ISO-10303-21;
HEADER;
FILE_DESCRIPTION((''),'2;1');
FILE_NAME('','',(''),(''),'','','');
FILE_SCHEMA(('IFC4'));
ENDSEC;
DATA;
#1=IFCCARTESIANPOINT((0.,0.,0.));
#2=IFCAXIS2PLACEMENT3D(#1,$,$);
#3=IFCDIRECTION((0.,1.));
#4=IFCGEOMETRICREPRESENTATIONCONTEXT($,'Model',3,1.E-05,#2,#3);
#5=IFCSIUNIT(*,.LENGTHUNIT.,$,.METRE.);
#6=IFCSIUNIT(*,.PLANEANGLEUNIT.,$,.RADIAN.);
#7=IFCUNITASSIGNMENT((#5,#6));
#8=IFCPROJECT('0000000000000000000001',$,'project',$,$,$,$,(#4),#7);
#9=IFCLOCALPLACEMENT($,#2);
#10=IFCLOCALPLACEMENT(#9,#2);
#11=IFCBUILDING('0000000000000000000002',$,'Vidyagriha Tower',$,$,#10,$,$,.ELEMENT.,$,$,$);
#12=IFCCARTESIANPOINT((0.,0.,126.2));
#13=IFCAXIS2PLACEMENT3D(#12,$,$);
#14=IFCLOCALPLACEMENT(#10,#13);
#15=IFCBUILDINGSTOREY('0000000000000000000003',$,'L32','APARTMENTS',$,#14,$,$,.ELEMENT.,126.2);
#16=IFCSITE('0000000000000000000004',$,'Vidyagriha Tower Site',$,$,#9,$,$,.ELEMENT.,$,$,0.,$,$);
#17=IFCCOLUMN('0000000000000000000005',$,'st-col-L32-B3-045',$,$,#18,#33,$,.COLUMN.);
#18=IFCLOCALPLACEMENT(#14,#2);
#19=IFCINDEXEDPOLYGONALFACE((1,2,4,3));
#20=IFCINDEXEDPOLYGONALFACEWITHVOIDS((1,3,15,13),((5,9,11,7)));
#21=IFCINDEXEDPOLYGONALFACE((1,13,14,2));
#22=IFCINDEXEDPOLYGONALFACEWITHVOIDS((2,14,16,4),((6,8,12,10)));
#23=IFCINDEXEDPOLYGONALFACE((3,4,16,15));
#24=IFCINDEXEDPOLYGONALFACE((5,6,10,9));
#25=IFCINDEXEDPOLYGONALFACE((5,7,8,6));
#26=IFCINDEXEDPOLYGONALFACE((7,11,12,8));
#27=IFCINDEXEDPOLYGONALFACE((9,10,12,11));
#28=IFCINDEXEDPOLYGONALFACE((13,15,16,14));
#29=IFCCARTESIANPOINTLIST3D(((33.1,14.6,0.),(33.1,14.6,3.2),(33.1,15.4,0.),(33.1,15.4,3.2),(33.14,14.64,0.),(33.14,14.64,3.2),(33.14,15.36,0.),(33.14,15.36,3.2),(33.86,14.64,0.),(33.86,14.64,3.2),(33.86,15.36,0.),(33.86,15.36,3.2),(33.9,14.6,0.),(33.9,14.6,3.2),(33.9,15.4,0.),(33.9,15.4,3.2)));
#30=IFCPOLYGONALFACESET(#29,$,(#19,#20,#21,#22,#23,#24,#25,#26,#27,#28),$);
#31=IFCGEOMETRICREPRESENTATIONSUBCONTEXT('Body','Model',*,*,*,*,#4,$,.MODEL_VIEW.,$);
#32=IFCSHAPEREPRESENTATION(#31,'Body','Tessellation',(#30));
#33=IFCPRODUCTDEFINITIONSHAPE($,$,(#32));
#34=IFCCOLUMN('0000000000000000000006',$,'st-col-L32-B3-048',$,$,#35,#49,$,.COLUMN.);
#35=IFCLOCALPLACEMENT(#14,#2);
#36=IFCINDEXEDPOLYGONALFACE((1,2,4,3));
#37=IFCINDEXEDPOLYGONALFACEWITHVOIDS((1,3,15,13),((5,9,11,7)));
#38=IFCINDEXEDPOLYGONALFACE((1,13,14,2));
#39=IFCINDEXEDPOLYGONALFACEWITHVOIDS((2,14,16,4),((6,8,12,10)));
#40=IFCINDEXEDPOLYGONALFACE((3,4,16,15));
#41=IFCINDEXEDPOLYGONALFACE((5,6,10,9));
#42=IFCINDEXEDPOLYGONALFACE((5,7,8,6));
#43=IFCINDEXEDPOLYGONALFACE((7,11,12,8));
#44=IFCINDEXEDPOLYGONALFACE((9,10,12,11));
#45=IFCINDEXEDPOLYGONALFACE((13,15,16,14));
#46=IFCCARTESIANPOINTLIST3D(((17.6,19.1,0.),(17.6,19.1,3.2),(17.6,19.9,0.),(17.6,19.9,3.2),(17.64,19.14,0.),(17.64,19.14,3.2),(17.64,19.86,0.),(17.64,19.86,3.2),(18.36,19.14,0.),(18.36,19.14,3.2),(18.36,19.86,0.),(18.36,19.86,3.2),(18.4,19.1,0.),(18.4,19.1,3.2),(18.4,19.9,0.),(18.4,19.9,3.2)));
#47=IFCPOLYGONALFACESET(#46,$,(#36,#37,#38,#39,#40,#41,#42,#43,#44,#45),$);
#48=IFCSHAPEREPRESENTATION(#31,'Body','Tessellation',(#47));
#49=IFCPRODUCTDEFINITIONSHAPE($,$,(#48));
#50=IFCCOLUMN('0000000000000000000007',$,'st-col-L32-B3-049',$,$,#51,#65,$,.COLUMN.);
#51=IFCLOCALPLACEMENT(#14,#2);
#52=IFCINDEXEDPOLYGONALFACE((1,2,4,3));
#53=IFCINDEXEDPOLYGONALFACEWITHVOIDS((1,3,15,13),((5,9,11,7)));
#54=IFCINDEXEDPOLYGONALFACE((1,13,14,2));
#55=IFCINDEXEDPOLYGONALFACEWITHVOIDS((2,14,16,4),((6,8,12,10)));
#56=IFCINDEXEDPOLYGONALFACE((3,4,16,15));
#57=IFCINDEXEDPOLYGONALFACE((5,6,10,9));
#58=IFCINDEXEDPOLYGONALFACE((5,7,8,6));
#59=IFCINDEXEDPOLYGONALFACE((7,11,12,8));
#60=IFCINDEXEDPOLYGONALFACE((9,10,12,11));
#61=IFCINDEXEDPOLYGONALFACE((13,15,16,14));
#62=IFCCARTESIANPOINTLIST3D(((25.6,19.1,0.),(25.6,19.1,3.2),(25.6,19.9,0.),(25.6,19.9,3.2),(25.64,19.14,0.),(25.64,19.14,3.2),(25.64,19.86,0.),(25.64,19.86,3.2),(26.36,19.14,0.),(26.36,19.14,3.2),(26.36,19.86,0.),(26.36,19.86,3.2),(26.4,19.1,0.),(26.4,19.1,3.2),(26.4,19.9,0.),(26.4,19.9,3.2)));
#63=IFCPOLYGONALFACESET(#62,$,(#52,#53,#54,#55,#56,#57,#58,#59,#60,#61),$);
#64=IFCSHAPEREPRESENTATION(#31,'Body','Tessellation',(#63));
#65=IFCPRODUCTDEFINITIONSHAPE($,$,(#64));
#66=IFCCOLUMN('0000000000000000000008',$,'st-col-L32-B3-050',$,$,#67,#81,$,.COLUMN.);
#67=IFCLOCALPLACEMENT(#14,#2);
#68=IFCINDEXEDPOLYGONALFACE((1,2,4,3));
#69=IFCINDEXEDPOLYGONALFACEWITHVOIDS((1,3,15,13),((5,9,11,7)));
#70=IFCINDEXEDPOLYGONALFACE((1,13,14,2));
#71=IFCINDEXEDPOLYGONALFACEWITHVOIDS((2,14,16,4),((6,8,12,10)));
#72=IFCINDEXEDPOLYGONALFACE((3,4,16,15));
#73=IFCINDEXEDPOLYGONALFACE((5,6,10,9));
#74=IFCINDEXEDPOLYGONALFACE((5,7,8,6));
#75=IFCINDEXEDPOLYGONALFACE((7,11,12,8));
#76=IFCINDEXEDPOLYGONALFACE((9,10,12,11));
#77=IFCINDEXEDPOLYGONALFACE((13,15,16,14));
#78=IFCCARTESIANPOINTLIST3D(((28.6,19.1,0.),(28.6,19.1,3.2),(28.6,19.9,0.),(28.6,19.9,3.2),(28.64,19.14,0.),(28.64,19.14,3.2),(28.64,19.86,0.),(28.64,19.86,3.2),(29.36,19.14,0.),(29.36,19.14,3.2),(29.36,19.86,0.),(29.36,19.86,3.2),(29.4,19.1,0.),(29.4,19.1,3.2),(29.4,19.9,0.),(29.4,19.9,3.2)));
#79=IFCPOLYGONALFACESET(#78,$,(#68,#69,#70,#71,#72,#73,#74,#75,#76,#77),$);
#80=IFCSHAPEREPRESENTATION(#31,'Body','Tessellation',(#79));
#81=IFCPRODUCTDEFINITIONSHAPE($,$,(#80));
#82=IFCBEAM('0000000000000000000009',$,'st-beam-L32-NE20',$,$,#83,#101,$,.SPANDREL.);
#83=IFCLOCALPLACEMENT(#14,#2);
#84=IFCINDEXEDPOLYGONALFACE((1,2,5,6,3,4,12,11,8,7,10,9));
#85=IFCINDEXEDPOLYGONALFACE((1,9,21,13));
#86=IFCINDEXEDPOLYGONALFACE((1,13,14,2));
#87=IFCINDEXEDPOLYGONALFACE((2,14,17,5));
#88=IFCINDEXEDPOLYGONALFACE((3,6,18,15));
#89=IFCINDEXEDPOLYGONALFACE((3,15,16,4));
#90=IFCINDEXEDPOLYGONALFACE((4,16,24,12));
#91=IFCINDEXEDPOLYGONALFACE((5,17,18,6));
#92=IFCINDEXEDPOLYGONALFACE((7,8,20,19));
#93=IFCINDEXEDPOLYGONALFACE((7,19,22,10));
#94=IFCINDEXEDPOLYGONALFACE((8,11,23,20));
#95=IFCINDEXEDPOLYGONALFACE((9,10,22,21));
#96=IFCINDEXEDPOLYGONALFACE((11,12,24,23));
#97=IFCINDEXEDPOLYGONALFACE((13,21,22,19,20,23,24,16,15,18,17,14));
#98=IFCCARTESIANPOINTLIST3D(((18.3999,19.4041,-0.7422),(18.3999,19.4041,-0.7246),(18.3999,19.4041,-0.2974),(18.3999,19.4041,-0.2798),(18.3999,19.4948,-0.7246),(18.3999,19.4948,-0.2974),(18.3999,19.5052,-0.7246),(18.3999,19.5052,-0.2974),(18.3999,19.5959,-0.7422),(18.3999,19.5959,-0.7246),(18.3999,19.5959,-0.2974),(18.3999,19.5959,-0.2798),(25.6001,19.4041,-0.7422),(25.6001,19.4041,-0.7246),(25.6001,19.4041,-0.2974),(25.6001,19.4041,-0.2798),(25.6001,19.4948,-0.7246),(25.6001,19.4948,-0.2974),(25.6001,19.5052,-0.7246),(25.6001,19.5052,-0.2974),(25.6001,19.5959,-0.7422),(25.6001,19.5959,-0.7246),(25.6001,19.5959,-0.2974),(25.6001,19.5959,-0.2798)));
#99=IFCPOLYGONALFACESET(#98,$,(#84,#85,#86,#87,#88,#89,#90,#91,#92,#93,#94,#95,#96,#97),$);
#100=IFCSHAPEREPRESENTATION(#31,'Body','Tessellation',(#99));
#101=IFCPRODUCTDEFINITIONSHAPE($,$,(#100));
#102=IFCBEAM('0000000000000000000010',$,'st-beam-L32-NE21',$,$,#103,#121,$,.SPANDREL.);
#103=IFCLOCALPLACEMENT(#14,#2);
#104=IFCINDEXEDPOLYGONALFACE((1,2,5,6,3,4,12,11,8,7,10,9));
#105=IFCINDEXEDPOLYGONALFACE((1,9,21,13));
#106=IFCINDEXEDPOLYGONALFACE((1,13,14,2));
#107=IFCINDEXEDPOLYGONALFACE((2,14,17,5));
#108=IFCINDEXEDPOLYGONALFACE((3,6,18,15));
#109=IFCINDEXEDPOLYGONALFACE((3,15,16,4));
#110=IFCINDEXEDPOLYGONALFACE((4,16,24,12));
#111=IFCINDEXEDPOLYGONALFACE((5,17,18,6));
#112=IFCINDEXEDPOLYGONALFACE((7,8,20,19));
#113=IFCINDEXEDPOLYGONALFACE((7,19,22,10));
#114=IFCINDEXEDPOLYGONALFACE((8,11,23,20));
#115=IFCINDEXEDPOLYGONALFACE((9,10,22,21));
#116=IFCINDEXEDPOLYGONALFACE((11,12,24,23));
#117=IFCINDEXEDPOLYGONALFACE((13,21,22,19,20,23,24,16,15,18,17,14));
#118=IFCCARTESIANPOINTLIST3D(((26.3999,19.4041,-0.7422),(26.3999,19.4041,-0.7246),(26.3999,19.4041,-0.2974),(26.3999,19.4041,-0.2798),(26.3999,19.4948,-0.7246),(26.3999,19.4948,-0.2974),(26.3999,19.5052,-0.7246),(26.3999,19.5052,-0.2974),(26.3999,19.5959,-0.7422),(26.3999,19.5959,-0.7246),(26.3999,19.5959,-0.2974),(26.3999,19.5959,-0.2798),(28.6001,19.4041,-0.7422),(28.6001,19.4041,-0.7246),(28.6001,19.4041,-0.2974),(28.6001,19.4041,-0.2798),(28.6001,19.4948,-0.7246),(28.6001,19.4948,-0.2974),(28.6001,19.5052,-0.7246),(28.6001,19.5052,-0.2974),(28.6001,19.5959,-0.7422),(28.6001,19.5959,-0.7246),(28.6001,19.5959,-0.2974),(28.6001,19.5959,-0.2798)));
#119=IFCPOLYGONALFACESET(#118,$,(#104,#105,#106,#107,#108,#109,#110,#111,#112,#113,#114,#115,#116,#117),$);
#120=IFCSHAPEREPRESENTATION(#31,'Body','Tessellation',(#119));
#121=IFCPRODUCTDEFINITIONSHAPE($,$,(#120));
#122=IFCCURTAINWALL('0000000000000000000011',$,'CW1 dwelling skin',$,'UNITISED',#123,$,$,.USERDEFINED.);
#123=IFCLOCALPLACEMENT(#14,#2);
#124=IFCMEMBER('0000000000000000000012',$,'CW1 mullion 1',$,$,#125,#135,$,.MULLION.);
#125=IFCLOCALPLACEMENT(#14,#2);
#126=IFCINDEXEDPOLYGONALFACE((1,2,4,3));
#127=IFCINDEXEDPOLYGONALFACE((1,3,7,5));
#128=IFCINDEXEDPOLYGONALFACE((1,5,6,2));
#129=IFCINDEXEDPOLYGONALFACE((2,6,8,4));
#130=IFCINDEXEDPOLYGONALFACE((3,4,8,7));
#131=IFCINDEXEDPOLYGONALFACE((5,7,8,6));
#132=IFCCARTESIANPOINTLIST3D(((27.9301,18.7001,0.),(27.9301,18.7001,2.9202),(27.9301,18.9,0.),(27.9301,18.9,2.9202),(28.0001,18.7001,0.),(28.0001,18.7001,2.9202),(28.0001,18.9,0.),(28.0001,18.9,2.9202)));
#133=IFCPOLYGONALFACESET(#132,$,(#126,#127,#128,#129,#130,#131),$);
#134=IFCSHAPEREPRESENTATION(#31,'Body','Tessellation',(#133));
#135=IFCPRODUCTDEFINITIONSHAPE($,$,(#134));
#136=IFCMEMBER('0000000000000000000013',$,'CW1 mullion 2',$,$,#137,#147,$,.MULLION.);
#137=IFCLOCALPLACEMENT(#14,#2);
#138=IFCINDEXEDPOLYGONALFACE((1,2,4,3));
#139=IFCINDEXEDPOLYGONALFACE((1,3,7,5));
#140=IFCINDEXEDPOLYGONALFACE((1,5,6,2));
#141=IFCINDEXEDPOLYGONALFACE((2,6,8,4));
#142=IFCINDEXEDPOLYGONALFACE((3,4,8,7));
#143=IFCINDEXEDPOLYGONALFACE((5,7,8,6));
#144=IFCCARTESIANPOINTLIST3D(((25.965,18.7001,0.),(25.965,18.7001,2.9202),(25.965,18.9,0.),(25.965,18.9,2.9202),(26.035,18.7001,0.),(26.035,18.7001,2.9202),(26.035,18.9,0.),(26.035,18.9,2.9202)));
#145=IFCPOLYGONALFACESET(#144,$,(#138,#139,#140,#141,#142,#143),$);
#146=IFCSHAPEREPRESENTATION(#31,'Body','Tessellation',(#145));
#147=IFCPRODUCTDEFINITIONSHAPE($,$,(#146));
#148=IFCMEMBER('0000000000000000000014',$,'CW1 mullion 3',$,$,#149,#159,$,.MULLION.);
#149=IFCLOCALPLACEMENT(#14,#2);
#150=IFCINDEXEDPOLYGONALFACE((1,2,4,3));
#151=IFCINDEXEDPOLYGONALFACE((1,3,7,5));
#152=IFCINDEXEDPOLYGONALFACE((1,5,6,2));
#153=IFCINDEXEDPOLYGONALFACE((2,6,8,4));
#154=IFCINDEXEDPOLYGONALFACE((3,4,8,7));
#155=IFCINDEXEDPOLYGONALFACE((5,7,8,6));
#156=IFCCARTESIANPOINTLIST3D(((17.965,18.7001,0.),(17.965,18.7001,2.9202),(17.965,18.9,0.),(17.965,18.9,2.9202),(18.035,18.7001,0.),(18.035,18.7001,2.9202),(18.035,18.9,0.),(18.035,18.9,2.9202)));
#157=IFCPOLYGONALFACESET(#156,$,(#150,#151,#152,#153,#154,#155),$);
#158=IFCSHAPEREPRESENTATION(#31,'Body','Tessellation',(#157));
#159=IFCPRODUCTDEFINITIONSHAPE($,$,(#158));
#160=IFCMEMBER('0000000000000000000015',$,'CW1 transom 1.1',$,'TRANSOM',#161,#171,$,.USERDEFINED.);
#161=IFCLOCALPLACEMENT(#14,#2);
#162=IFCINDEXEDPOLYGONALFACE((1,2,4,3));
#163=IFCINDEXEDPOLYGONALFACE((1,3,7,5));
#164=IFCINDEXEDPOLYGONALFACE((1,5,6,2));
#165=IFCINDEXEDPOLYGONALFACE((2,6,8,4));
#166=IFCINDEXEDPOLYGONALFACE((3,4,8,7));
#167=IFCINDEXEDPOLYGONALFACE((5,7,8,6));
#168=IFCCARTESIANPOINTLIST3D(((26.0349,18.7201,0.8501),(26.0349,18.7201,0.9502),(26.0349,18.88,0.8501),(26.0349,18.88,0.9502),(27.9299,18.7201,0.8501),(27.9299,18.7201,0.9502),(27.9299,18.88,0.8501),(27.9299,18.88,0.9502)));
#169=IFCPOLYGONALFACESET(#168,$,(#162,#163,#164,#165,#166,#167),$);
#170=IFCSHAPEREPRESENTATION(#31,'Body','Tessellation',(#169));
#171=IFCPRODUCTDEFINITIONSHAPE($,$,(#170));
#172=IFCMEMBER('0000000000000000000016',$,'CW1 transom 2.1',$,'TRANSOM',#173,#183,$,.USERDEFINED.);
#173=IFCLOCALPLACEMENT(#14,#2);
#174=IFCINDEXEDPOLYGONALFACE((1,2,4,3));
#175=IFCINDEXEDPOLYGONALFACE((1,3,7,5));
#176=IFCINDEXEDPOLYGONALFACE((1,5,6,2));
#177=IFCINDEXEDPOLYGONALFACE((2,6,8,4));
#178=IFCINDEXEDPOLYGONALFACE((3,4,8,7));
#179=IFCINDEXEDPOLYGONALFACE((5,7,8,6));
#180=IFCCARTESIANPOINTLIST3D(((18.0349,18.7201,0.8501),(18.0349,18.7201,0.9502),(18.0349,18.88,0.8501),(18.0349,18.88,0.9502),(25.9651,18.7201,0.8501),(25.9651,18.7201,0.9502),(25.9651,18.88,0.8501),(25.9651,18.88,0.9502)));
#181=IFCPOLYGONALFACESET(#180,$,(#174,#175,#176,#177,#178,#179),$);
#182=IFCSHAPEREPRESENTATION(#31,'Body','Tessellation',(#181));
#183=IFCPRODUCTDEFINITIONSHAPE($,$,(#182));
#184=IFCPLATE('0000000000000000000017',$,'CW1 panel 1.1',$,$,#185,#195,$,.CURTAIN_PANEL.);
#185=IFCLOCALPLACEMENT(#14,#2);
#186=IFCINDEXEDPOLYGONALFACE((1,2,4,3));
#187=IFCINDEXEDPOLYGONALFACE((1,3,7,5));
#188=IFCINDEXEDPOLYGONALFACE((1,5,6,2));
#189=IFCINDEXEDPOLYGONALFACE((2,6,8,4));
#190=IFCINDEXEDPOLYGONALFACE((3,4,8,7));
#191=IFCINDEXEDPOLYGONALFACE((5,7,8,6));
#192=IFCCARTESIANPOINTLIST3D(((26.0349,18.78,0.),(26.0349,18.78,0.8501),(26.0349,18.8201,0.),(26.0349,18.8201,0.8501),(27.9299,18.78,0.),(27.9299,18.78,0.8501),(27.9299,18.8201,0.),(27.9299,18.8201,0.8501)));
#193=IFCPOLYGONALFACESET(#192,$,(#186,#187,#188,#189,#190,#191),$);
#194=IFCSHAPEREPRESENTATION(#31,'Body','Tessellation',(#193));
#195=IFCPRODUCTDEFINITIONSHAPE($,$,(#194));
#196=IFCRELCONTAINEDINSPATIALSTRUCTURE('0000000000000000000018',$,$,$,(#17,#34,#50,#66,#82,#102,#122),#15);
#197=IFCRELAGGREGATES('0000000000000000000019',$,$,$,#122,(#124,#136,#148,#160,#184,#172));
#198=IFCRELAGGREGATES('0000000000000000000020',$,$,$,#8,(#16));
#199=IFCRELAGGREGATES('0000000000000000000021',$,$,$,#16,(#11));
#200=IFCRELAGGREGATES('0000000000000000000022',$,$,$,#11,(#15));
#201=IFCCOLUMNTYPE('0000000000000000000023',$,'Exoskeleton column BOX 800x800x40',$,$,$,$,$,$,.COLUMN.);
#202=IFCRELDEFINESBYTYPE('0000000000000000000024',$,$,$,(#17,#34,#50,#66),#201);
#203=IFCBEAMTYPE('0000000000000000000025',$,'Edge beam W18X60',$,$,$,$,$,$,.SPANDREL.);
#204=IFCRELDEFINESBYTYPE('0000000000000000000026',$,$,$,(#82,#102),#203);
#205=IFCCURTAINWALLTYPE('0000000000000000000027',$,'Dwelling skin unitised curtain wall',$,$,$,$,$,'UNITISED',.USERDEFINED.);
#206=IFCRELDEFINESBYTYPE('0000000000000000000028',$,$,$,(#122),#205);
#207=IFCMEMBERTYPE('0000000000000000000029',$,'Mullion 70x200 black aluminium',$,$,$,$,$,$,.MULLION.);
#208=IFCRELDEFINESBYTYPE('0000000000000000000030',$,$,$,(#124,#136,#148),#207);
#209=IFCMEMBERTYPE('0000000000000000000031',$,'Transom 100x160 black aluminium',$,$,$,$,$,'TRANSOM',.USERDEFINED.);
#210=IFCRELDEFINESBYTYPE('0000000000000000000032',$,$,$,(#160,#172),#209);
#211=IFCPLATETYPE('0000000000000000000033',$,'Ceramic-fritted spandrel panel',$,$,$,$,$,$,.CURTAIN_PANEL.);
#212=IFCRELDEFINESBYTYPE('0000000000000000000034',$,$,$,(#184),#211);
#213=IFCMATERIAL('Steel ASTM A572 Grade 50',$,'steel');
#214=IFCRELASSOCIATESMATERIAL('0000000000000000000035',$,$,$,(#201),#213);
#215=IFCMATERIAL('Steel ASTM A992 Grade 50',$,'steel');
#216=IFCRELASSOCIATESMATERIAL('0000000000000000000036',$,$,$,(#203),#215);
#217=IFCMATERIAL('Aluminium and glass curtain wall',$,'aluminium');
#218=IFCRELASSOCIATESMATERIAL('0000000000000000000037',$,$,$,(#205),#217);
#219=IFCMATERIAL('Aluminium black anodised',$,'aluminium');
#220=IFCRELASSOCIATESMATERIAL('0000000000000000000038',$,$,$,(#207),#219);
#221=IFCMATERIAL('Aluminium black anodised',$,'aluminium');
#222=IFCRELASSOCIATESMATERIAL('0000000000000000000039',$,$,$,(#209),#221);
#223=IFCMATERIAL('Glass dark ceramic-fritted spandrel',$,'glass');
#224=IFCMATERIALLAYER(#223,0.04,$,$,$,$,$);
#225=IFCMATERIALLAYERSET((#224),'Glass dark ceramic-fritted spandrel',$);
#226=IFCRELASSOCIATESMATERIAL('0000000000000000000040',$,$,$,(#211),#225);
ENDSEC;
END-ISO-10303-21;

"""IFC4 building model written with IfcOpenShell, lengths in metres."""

from ifc_helpers import new_model, si_unit, direction, frame, origin, origin_2d, place, context, subcontext, project, spatial, rectangle, hollow_rectangle, i_section, extrude, material, layer, layer_set, material_profile, profile_set, type_object, element, aggregate, save


model = new_model("IFC4")

# Units and contexts
model_context = context("Model", 3, precision=1e-05, world=origin(), true_north=direction((0.0, 1.0)))
body_context = subcontext(model_context, "Body", "Model", "MODEL_VIEW")
ifc_project = project(units=[si_unit("LENGTHUNIT", "METRE"), si_unit("PLANEANGLEUNIT", "RADIAN")], contexts=[model_context])

# Site, building, storey
site_placement = place(None, origin())
site = spatial("IfcSite", under=ifc_project, at=site_placement, Name="Vidyagriha Tower Site", CompositionType="ELEMENT", RefElevation=0.0)
building_placement = place(site_placement, origin())
building = spatial("IfcBuilding", under=site, at=building_placement, Name="Vidyagriha Tower", CompositionType="ELEMENT")
storey_placement = place(building_placement, frame((0.0, 0.0, 126.2)))
storey = spatial("IfcBuildingStorey", under=building, at=storey_placement, Name="L32", Description="APARTMENTS", CompositionType="ELEMENT", Elevation=126.2)

# Columns
ifc_material_1 = material(Name="Steel ASTM A572 Grade 50", Category="steel")
ifc_material_profile_1 = material_profile(ifc_material_1, hollow_rectangle(XDim=0.8, YDim=0.8, WallThickness=0.04, at=origin_2d()), Name="BOX 800x800x40")
ifc_profile_set_1 = profile_set([ifc_material_profile_1], Name="Steel ASTM A572 Grade 50")
column_type = type_object("IfcColumnType", Name="Exoskeleton column BOX 800x800x40", PredefinedType="COLUMN", material=ifc_profile_set_1)
for number, where, name in (
    (1, (33.5, 15.0, 0.0), "st-col-L32-B3-045"),
    (2, (18.0, 19.5, 0.0), "st-col-L32-B3-048"),
    (3, (26.0, 19.5, 0.0), "st-col-L32-B3-049"),
    (4, (29.0, 19.5, 0.0), "st-col-L32-B3-050"),
):
    element("IfcColumn", number, at=place(storey_placement, frame(where)), inside=storey, type_object=column_type, Name=name, PredefinedType="COLUMN", context=body_context, shape_type="SweptSolid", body=[
        extrude(hollow_rectangle(XDim=0.8, YDim=0.8, WallThickness=0.04, at=origin_2d()), origin(), (0.0, 0.0, 1.0), 3.2),
    ])

# Beams
ifc_material_2 = material(Name="Steel ASTM A992 Grade 50", Category="steel")
ifc_material_profile_2 = material_profile(ifc_material_2, i_section(OverallWidth=0.1919, OverallDepth=0.4624, WebThickness=0.0105, FlangeThickness=0.0176, at=origin_2d()), Name="W18X60")
ifc_profile_set_2 = profile_set([ifc_material_profile_2], Name="Steel ASTM A992 Grade 50")
beam_type = type_object("IfcBeamType", Name="Edge beam W18X60", PredefinedType="SPANDREL", material=ifc_profile_set_2)
beam_1_placement = place(storey_placement, frame((18.3999, 19.5, -0.511), z_axis=(1.0, 0.0, 0.0), x_axis=(0.0, 1.0, 0.0)))
element("IfcBeam", 5, at=beam_1_placement, inside=storey, type_object=beam_type, Name="st-beam-L32-NE20", PredefinedType="SPANDREL", context=body_context, shape_type="SweptSolid", body=[
    extrude(i_section(OverallWidth=0.1919, OverallDepth=0.4624, WebThickness=0.0105, FlangeThickness=0.0176, at=origin_2d()), origin(), (0.0, 0.0, 1.0), 7.2002),
])
beam_2_placement = place(storey_placement, frame((26.3999, 19.5, -0.511), z_axis=(1.0, 0.0, 0.0), x_axis=(0.0, 1.0, 0.0)))
element("IfcBeam", 6, at=beam_2_placement, inside=storey, type_object=beam_type, Name="st-beam-L32-NE21", PredefinedType="SPANDREL", context=body_context, shape_type="SweptSolid", body=[
    extrude(i_section(OverallWidth=0.1919, OverallDepth=0.4624, WebThickness=0.0105, FlangeThickness=0.0176, at=origin_2d()), origin(), (0.0, 0.0, 1.0), 2.2002),
])

# Curtain wall, members, plate
ifc_material_3 = material(Name="Aluminium and glass curtain wall", Category="aluminium")
curtain_wall_type = type_object("IfcCurtainWallType", Name="Dwelling skin unitised curtain wall", ElementType="UNITISED", PredefinedType="USERDEFINED", material=ifc_material_3)
curtain_wall_placement = place(storey_placement, origin())
curtain_wall = element("IfcCurtainWall", 7, at=curtain_wall_placement, inside=storey, type_object=curtain_wall_type, Name="CW1 dwelling skin", ObjectType="UNITISED", PredefinedType="USERDEFINED")
ifc_material_4 = material(Name="Aluminium black anodised", Category="aluminium")
ifc_material_profile_3 = material_profile(ifc_material_4, rectangle(XDim=0.2, YDim=0.0701, at=origin_2d()), Name="Mullion 70x200 black aluminium")
ifc_profile_set_3 = profile_set([ifc_material_profile_3], Name="Aluminium black anodised")
member_type_1 = type_object("IfcMemberType", Name="Mullion 70x200 black aluminium", PredefinedType="MULLION", material=ifc_profile_set_3)
member_1_placement = place(storey_placement, frame((27.9651, 18.8, 0.0), z_axis=(0.0, 0.0, 1.0), x_axis=(0.0, -1.0, 0.0)))
member_1 = element("IfcMember", 8, at=member_1_placement, type_object=member_type_1, Name="CW1 mullion 1", PredefinedType="MULLION", context=body_context, shape_type="SweptSolid", body=[
    extrude(rectangle(XDim=0.2, YDim=0.0701, at=origin_2d()), origin(), (0.0, 0.0, 1.0), 2.9202),
])
member_2_placement = place(storey_placement, frame((26.0, 18.8, 0.0), z_axis=(0.0, 0.0, 1.0), x_axis=(0.0, -1.0, 0.0)))
member_2 = element("IfcMember", 9, at=member_2_placement, type_object=member_type_1, Name="CW1 mullion 2", PredefinedType="MULLION", context=body_context, shape_type="SweptSolid", body=[
    extrude(rectangle(XDim=0.2, YDim=0.0701, at=origin_2d()), origin(), (0.0, 0.0, 1.0), 2.9202),
])
member_3_placement = place(storey_placement, frame((18.0, 18.8, 0.0), z_axis=(0.0, 0.0, 1.0), x_axis=(0.0, -1.0, 0.0)))
member_3 = element("IfcMember", 10, at=member_3_placement, type_object=member_type_1, Name="CW1 mullion 3", PredefinedType="MULLION", context=body_context, shape_type="SweptSolid", body=[
    extrude(rectangle(XDim=0.2, YDim=0.0701, at=origin_2d()), origin(), (0.0, 0.0, 1.0), 2.9202),
])
ifc_material_5 = material(Name="Aluminium black anodised", Category="aluminium")
ifc_material_profile_4 = material_profile(ifc_material_5, rectangle(XDim=0.1599, YDim=0.1001, at=origin_2d()), Name="Transom 100x160 black aluminium")
ifc_profile_set_4 = profile_set([ifc_material_profile_4], Name="Aluminium black anodised")
member_type_2 = type_object("IfcMemberType", Name="Transom 100x160 black aluminium", ElementType="TRANSOM", PredefinedType="USERDEFINED", material=ifc_profile_set_4)
member_4_placement = place(storey_placement, frame((27.9299, 18.8, 0.9001), z_axis=(-1.0, 0.0, 0.0), x_axis=(0.0, -1.0, 0.0)))
member_4 = element("IfcMember", 11, at=member_4_placement, type_object=member_type_2, Name="CW1 transom 1.1", ObjectType="TRANSOM", PredefinedType="USERDEFINED", context=body_context, shape_type="SweptSolid", body=[
    extrude(rectangle(XDim=0.1599, YDim=0.1001, at=origin_2d()), origin(), (0.0, 0.0, 1.0), 1.895),
])
member_5_placement = place(storey_placement, frame((25.9651, 18.8, 0.9001), z_axis=(-1.0, 0.0, 0.0), x_axis=(0.0, -1.0, 0.0)))
member_5 = element("IfcMember", 12, at=member_5_placement, type_object=member_type_2, Name="CW1 transom 2.1", ObjectType="TRANSOM", PredefinedType="USERDEFINED", context=body_context, shape_type="SweptSolid", body=[
    extrude(rectangle(XDim=0.1599, YDim=0.1001, at=origin_2d()), origin(), (0.0, 0.0, 1.0), 7.9302),
])
ifc_material_6 = material(Name="Glass dark ceramic-fritted spandrel", Category="glass")
ifc_layer_1 = layer(ifc_material_6, 0.04)
ifc_layer_set_1 = layer_set([ifc_layer_1], Name="Glass dark ceramic-fritted spandrel")
plate_type_1 = type_object("IfcPlateType", Name="Ceramic-fritted spandrel panel", PredefinedType="CURTAIN_PANEL", material=ifc_layer_set_1)
plate_1_placement = place(storey_placement, frame((26.9824, 18.8, 0.0), z_axis=(0.0, 0.0, 1.0), x_axis=(-1.0, 0.0, 0.0)))
plate_1 = element("IfcPlate", 13, at=plate_1_placement, type_object=plate_type_1, Name="CW1 panel 1.1", PredefinedType="CURTAIN_PANEL", context=body_context, shape_type="SweptSolid", body=[
    extrude(rectangle(XDim=1.895, YDim=0.04, at=origin_2d()), origin(), (0.0, 0.0, 1.0), 0.8501),
])
aggregate(curtain_wall, [member_1, member_2, member_3, member_4, plate_1, member_5])

save(model, "model.ifc")
